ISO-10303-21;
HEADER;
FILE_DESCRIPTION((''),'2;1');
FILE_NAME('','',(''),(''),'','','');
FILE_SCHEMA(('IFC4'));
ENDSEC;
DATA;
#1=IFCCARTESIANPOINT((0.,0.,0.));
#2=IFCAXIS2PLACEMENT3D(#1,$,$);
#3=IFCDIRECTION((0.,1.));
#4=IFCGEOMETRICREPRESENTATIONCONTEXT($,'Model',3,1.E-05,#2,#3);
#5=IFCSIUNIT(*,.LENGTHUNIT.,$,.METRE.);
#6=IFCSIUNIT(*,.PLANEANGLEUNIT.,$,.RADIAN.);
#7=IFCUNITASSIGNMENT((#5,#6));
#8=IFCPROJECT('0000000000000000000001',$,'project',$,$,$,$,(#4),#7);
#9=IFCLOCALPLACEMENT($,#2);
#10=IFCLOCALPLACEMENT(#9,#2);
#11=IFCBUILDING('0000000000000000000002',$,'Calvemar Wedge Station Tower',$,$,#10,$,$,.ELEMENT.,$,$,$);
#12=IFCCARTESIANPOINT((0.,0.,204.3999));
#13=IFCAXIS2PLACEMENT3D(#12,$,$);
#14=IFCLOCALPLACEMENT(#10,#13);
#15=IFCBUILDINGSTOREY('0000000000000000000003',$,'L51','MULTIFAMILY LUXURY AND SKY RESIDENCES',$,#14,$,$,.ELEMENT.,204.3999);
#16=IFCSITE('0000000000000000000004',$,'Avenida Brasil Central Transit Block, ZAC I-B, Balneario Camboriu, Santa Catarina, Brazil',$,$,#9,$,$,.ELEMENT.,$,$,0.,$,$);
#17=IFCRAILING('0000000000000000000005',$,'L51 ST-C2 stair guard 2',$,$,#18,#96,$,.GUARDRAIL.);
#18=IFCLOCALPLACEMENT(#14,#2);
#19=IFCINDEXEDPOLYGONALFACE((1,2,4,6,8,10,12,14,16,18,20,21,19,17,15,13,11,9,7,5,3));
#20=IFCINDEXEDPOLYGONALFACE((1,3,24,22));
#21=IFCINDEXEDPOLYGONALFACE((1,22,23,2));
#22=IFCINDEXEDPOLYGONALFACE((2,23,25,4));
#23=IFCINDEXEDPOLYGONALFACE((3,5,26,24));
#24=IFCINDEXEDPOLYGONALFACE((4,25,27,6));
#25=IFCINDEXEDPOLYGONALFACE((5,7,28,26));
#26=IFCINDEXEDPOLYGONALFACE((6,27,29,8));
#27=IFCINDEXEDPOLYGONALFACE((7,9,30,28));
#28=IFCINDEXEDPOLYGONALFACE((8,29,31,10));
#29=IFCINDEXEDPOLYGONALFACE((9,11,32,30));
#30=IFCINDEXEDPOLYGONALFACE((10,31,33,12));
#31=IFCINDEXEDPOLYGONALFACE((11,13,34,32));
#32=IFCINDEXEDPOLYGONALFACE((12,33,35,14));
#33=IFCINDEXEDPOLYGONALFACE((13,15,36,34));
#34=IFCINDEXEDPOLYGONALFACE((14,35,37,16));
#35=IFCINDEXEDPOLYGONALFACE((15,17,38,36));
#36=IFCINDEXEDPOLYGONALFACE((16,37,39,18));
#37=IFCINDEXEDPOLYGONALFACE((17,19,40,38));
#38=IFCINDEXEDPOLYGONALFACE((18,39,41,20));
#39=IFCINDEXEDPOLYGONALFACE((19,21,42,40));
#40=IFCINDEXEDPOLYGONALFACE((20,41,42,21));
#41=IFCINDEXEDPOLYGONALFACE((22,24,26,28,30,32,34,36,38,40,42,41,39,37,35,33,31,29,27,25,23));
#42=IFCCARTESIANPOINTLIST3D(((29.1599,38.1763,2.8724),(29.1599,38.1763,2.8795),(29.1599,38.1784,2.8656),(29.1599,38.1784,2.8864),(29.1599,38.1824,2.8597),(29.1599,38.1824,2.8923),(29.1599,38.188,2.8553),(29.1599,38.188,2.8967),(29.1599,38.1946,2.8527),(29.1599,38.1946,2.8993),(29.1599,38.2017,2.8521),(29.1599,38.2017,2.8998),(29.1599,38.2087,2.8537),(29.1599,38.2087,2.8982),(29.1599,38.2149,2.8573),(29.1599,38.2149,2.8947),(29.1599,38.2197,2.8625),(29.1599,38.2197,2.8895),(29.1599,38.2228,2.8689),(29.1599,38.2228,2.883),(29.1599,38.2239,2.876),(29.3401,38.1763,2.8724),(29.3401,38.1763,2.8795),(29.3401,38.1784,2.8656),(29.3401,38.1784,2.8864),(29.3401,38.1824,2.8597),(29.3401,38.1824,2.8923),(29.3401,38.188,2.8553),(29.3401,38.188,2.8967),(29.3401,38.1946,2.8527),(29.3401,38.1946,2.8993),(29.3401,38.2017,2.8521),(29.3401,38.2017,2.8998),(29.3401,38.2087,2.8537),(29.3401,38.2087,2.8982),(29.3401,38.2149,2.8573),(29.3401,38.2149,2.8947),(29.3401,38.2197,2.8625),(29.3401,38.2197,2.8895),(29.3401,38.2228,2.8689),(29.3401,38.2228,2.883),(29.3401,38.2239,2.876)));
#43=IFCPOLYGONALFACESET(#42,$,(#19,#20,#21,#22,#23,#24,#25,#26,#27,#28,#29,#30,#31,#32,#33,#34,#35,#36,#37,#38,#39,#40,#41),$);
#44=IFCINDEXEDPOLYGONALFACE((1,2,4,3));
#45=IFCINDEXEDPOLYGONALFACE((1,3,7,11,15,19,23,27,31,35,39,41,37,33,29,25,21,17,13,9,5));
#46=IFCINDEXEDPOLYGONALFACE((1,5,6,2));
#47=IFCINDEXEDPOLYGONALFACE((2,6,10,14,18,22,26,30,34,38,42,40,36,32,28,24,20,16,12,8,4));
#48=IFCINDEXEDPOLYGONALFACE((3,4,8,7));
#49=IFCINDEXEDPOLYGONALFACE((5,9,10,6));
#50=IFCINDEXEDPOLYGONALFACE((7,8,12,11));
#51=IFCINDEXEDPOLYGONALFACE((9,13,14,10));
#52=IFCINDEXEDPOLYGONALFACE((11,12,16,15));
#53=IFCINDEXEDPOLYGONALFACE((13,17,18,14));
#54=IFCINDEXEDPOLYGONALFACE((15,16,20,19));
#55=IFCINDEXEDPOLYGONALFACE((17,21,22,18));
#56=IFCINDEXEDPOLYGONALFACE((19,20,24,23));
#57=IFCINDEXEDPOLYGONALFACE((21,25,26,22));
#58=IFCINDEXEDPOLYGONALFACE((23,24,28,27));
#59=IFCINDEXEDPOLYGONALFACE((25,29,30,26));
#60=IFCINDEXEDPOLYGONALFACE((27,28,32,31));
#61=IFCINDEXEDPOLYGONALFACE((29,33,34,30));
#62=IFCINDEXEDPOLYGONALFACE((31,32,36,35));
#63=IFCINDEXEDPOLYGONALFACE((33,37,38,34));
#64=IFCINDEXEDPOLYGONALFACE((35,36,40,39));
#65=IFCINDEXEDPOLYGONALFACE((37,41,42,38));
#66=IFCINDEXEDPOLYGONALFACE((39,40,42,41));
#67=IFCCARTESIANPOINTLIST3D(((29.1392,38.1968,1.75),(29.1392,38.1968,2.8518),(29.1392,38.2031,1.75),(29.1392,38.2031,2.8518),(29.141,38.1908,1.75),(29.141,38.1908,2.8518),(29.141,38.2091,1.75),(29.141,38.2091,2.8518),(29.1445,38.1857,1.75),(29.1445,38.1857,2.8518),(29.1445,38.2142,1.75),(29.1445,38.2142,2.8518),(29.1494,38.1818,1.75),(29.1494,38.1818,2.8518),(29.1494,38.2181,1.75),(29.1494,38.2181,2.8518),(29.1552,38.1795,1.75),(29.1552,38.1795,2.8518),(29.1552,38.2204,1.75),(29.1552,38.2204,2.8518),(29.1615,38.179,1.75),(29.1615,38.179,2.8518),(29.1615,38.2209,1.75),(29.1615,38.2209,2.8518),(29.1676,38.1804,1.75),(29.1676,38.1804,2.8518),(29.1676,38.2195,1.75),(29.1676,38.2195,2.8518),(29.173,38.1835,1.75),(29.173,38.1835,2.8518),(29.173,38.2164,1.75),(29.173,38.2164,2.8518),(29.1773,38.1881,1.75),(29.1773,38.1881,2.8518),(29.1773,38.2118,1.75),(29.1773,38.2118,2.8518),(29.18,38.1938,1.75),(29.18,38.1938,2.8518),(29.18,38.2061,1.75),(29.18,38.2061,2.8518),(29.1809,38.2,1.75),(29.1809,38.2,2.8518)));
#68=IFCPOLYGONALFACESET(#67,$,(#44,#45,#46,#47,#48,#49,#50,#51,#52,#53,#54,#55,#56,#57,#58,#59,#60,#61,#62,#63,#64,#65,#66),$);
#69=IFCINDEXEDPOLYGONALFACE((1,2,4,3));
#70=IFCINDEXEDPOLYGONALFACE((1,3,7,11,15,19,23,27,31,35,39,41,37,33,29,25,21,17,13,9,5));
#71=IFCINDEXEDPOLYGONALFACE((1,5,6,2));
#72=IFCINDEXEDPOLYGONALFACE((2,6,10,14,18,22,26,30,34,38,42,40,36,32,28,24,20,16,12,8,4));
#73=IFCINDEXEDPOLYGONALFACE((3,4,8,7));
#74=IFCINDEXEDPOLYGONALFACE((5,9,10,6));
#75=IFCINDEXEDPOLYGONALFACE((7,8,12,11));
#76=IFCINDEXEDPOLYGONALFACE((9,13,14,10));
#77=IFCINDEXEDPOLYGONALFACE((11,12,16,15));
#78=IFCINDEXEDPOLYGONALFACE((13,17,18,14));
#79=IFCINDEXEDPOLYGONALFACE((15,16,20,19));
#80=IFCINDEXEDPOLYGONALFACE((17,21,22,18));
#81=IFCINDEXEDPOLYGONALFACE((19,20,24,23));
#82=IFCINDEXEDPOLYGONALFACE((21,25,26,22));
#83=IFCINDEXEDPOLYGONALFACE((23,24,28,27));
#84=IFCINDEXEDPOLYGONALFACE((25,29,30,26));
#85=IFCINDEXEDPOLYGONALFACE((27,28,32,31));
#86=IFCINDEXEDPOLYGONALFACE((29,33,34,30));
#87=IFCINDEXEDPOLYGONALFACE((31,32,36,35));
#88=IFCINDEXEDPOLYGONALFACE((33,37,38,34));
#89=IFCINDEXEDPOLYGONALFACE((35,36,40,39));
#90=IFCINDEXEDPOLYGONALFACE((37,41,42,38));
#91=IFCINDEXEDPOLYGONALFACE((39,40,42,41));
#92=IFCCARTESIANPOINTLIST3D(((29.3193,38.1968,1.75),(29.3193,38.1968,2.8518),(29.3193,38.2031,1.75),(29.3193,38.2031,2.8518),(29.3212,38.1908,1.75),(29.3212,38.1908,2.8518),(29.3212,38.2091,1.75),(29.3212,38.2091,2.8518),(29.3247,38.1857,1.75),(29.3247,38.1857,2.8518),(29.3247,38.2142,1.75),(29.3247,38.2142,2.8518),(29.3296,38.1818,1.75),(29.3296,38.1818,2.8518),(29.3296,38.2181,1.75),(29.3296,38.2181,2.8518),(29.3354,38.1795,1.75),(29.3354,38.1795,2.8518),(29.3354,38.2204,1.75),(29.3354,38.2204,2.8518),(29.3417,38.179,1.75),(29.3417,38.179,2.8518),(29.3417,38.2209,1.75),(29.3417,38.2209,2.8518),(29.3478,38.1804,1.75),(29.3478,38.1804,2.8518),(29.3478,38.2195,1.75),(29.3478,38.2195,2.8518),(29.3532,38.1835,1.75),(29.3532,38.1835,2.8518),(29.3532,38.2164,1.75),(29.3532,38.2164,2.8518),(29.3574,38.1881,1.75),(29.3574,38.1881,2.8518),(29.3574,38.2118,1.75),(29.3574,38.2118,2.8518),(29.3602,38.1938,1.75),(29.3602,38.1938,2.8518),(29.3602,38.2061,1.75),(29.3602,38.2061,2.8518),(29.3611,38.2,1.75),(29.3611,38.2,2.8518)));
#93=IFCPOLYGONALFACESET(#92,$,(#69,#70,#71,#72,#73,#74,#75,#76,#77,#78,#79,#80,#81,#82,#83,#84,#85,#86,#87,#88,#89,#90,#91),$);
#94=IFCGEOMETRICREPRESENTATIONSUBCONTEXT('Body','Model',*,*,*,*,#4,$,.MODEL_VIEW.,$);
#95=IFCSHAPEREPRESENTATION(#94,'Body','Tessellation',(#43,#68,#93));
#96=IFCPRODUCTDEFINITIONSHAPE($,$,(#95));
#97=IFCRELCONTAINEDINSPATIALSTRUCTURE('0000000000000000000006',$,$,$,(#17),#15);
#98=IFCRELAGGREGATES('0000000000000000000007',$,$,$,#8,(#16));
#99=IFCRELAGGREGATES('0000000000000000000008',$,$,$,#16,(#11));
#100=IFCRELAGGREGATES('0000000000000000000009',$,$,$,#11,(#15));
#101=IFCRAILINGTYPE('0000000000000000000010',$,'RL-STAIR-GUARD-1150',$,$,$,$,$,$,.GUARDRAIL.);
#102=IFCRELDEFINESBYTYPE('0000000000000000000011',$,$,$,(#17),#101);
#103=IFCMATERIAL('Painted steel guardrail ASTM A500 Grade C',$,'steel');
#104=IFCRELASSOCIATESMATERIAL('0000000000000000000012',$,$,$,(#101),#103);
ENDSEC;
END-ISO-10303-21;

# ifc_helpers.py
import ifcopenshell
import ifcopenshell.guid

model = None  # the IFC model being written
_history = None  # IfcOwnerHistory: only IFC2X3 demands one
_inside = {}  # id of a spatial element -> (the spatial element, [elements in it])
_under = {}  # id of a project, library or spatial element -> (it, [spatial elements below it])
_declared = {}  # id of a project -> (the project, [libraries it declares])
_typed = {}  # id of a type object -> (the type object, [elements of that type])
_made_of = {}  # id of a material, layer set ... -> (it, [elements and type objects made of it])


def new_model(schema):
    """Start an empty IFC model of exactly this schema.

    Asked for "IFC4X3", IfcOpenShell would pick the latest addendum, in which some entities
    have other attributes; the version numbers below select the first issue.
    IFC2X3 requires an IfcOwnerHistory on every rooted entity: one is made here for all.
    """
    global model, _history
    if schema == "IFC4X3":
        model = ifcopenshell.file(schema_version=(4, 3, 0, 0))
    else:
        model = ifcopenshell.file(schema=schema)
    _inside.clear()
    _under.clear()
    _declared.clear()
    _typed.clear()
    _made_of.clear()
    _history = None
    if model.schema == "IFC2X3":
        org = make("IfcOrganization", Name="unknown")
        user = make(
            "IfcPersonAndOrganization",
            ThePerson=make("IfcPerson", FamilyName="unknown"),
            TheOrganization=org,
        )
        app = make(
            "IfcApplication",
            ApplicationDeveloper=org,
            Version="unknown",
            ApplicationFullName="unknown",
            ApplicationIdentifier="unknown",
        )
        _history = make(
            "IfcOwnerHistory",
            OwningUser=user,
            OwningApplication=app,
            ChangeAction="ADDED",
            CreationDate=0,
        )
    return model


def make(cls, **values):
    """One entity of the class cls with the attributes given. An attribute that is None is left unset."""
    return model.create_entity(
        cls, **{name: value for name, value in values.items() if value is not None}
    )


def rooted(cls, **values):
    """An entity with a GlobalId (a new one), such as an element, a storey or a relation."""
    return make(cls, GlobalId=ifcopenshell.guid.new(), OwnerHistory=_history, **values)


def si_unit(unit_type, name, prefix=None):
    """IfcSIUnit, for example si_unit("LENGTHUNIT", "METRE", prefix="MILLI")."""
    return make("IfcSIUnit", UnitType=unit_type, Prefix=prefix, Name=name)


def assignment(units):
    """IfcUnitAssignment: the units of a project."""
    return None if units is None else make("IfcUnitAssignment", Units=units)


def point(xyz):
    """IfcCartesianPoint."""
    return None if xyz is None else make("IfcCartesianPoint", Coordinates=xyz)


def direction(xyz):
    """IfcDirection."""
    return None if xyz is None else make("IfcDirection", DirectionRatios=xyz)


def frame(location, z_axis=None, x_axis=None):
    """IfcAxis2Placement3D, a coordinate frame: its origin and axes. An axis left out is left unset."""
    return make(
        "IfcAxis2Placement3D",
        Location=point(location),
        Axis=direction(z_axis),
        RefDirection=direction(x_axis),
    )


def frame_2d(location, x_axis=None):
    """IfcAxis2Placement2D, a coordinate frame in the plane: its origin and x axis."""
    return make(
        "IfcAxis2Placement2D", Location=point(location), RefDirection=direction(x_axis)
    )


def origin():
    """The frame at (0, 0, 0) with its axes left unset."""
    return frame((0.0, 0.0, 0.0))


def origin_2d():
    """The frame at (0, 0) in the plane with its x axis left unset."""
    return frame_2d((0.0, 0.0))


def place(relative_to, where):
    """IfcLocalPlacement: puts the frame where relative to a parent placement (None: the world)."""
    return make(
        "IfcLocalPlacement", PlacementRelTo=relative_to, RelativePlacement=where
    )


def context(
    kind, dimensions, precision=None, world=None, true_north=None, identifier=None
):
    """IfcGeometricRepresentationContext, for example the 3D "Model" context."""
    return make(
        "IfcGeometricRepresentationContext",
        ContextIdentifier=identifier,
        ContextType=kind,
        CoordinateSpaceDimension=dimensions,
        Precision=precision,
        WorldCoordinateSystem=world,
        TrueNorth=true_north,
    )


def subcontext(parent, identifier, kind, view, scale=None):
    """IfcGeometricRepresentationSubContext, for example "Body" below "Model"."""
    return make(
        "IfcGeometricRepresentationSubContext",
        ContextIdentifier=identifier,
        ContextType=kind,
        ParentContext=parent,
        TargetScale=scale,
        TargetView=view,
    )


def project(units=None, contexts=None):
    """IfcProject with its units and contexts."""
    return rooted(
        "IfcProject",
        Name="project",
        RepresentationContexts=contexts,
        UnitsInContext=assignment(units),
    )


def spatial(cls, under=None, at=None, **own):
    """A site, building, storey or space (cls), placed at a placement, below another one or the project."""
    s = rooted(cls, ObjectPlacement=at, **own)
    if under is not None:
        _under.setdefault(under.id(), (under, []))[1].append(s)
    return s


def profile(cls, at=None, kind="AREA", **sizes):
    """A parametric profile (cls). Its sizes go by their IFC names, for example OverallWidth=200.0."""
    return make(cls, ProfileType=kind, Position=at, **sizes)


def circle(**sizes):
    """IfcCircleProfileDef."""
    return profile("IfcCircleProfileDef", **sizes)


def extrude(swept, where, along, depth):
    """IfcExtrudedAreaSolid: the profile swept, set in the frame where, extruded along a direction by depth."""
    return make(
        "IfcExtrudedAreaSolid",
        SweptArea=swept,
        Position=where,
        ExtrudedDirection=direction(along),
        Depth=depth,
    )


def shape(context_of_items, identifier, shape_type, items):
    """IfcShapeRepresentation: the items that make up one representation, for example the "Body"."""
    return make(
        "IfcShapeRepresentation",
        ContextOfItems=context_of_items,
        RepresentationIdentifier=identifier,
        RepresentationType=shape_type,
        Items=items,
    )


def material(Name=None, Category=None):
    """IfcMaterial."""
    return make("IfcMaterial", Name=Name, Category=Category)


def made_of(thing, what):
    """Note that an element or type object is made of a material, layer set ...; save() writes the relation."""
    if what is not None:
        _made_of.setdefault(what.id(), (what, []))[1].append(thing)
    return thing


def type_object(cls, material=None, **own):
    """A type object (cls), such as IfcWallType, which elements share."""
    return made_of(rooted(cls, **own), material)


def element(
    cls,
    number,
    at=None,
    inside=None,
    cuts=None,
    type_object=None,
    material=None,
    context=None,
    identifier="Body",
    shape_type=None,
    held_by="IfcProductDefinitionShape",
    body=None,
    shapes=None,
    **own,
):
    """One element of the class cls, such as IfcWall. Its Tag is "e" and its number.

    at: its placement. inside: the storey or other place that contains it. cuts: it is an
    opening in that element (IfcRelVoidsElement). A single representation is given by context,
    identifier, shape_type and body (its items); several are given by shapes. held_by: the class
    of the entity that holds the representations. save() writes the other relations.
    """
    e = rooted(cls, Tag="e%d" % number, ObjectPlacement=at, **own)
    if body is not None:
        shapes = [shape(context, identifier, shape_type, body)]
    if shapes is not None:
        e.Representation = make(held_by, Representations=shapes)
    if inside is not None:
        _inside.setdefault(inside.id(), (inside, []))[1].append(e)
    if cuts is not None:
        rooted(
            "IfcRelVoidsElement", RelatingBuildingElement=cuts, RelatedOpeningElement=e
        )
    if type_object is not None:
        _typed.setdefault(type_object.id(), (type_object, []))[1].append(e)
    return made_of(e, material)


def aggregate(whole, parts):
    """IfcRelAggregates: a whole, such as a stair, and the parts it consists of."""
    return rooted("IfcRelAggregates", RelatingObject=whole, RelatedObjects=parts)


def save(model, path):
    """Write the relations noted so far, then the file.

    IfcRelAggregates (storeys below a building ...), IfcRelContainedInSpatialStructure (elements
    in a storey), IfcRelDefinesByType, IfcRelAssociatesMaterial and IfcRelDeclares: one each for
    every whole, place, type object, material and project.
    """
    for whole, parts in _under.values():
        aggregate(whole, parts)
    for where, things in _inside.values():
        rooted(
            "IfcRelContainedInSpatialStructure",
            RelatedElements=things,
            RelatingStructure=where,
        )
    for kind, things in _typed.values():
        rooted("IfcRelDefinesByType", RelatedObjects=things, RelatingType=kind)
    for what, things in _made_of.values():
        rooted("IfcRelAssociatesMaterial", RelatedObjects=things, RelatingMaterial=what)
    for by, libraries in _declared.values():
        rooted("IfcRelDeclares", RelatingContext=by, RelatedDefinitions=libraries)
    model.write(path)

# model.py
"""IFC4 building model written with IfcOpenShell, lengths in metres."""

from ifc_helpers import new_model, si_unit, direction, frame, origin, origin_2d, place, context, subcontext, project, spatial, circle, extrude, material, type_object, element, save


model = new_model("IFC4")

# Units and contexts
model_context = context("Model", 3, precision=1e-05, world=origin(), true_north=direction((0.0, 1.0)))
body_context = subcontext(model_context, "Body", "Model", "MODEL_VIEW")
ifc_project = project(units=[si_unit("LENGTHUNIT", "METRE"), si_unit("PLANEANGLEUNIT", "RADIAN")], contexts=[model_context])

# Site, building, storey
site_placement = place(None, origin())
site = spatial("IfcSite", under=ifc_project, at=site_placement, Name="Avenida Brasil Central Transit Block, ZAC I-B, Balneario Camboriu, Santa Catarina, Brazil", CompositionType="ELEMENT", RefElevation=0.0)
building_placement = place(site_placement, origin())
building = spatial("IfcBuilding", under=site, at=building_placement, Name="Calvemar Wedge Station Tower", CompositionType="ELEMENT")
storey_placement = place(building_placement, frame((0.0, 0.0, 204.3999)))
storey = spatial("IfcBuildingStorey", under=building, at=storey_placement, Name="L51", Description="MULTIFAMILY LUXURY AND SKY RESIDENCES", CompositionType="ELEMENT", Elevation=204.3999)

# Railing
ifc_material_1 = material(Name="Painted steel guardrail ASTM A500 Grade C", Category="steel")
railing_type_1 = type_object("IfcRailingType", Name="RL-STAIR-GUARD-1150", PredefinedType="GUARDRAIL", material=ifc_material_1)
railing_1_placement = place(storey_placement, frame((29.1599, 38.2, 1.75)))
element("IfcRailing", 1, at=railing_1_placement, inside=storey, type_object=railing_type_1, Name="L51 ST-C2 stair guard 2", PredefinedType="GUARDRAIL", context=body_context, shape_type="SweptSolid", body=[
    extrude(circle(Radius=0.0239, at=origin_2d()), frame((0.0, 0.0, 1.126), z_axis=(1.0, 0.0, 0.0), x_axis=(0.0, 1.0, 0.0)), (0.0, 0.0, 1.0), 0.1802),
    extrude(circle(Radius=0.021, at=origin_2d()), origin(), (0.0, 0.0, 1.0), 1.1018),
    extrude(circle(Radius=0.021, at=origin_2d()), frame((0.1802, 0.0, 0.0)), (0.0, 0.0, 1.0), 1.1018),
])

save(model, "model.ifc")
